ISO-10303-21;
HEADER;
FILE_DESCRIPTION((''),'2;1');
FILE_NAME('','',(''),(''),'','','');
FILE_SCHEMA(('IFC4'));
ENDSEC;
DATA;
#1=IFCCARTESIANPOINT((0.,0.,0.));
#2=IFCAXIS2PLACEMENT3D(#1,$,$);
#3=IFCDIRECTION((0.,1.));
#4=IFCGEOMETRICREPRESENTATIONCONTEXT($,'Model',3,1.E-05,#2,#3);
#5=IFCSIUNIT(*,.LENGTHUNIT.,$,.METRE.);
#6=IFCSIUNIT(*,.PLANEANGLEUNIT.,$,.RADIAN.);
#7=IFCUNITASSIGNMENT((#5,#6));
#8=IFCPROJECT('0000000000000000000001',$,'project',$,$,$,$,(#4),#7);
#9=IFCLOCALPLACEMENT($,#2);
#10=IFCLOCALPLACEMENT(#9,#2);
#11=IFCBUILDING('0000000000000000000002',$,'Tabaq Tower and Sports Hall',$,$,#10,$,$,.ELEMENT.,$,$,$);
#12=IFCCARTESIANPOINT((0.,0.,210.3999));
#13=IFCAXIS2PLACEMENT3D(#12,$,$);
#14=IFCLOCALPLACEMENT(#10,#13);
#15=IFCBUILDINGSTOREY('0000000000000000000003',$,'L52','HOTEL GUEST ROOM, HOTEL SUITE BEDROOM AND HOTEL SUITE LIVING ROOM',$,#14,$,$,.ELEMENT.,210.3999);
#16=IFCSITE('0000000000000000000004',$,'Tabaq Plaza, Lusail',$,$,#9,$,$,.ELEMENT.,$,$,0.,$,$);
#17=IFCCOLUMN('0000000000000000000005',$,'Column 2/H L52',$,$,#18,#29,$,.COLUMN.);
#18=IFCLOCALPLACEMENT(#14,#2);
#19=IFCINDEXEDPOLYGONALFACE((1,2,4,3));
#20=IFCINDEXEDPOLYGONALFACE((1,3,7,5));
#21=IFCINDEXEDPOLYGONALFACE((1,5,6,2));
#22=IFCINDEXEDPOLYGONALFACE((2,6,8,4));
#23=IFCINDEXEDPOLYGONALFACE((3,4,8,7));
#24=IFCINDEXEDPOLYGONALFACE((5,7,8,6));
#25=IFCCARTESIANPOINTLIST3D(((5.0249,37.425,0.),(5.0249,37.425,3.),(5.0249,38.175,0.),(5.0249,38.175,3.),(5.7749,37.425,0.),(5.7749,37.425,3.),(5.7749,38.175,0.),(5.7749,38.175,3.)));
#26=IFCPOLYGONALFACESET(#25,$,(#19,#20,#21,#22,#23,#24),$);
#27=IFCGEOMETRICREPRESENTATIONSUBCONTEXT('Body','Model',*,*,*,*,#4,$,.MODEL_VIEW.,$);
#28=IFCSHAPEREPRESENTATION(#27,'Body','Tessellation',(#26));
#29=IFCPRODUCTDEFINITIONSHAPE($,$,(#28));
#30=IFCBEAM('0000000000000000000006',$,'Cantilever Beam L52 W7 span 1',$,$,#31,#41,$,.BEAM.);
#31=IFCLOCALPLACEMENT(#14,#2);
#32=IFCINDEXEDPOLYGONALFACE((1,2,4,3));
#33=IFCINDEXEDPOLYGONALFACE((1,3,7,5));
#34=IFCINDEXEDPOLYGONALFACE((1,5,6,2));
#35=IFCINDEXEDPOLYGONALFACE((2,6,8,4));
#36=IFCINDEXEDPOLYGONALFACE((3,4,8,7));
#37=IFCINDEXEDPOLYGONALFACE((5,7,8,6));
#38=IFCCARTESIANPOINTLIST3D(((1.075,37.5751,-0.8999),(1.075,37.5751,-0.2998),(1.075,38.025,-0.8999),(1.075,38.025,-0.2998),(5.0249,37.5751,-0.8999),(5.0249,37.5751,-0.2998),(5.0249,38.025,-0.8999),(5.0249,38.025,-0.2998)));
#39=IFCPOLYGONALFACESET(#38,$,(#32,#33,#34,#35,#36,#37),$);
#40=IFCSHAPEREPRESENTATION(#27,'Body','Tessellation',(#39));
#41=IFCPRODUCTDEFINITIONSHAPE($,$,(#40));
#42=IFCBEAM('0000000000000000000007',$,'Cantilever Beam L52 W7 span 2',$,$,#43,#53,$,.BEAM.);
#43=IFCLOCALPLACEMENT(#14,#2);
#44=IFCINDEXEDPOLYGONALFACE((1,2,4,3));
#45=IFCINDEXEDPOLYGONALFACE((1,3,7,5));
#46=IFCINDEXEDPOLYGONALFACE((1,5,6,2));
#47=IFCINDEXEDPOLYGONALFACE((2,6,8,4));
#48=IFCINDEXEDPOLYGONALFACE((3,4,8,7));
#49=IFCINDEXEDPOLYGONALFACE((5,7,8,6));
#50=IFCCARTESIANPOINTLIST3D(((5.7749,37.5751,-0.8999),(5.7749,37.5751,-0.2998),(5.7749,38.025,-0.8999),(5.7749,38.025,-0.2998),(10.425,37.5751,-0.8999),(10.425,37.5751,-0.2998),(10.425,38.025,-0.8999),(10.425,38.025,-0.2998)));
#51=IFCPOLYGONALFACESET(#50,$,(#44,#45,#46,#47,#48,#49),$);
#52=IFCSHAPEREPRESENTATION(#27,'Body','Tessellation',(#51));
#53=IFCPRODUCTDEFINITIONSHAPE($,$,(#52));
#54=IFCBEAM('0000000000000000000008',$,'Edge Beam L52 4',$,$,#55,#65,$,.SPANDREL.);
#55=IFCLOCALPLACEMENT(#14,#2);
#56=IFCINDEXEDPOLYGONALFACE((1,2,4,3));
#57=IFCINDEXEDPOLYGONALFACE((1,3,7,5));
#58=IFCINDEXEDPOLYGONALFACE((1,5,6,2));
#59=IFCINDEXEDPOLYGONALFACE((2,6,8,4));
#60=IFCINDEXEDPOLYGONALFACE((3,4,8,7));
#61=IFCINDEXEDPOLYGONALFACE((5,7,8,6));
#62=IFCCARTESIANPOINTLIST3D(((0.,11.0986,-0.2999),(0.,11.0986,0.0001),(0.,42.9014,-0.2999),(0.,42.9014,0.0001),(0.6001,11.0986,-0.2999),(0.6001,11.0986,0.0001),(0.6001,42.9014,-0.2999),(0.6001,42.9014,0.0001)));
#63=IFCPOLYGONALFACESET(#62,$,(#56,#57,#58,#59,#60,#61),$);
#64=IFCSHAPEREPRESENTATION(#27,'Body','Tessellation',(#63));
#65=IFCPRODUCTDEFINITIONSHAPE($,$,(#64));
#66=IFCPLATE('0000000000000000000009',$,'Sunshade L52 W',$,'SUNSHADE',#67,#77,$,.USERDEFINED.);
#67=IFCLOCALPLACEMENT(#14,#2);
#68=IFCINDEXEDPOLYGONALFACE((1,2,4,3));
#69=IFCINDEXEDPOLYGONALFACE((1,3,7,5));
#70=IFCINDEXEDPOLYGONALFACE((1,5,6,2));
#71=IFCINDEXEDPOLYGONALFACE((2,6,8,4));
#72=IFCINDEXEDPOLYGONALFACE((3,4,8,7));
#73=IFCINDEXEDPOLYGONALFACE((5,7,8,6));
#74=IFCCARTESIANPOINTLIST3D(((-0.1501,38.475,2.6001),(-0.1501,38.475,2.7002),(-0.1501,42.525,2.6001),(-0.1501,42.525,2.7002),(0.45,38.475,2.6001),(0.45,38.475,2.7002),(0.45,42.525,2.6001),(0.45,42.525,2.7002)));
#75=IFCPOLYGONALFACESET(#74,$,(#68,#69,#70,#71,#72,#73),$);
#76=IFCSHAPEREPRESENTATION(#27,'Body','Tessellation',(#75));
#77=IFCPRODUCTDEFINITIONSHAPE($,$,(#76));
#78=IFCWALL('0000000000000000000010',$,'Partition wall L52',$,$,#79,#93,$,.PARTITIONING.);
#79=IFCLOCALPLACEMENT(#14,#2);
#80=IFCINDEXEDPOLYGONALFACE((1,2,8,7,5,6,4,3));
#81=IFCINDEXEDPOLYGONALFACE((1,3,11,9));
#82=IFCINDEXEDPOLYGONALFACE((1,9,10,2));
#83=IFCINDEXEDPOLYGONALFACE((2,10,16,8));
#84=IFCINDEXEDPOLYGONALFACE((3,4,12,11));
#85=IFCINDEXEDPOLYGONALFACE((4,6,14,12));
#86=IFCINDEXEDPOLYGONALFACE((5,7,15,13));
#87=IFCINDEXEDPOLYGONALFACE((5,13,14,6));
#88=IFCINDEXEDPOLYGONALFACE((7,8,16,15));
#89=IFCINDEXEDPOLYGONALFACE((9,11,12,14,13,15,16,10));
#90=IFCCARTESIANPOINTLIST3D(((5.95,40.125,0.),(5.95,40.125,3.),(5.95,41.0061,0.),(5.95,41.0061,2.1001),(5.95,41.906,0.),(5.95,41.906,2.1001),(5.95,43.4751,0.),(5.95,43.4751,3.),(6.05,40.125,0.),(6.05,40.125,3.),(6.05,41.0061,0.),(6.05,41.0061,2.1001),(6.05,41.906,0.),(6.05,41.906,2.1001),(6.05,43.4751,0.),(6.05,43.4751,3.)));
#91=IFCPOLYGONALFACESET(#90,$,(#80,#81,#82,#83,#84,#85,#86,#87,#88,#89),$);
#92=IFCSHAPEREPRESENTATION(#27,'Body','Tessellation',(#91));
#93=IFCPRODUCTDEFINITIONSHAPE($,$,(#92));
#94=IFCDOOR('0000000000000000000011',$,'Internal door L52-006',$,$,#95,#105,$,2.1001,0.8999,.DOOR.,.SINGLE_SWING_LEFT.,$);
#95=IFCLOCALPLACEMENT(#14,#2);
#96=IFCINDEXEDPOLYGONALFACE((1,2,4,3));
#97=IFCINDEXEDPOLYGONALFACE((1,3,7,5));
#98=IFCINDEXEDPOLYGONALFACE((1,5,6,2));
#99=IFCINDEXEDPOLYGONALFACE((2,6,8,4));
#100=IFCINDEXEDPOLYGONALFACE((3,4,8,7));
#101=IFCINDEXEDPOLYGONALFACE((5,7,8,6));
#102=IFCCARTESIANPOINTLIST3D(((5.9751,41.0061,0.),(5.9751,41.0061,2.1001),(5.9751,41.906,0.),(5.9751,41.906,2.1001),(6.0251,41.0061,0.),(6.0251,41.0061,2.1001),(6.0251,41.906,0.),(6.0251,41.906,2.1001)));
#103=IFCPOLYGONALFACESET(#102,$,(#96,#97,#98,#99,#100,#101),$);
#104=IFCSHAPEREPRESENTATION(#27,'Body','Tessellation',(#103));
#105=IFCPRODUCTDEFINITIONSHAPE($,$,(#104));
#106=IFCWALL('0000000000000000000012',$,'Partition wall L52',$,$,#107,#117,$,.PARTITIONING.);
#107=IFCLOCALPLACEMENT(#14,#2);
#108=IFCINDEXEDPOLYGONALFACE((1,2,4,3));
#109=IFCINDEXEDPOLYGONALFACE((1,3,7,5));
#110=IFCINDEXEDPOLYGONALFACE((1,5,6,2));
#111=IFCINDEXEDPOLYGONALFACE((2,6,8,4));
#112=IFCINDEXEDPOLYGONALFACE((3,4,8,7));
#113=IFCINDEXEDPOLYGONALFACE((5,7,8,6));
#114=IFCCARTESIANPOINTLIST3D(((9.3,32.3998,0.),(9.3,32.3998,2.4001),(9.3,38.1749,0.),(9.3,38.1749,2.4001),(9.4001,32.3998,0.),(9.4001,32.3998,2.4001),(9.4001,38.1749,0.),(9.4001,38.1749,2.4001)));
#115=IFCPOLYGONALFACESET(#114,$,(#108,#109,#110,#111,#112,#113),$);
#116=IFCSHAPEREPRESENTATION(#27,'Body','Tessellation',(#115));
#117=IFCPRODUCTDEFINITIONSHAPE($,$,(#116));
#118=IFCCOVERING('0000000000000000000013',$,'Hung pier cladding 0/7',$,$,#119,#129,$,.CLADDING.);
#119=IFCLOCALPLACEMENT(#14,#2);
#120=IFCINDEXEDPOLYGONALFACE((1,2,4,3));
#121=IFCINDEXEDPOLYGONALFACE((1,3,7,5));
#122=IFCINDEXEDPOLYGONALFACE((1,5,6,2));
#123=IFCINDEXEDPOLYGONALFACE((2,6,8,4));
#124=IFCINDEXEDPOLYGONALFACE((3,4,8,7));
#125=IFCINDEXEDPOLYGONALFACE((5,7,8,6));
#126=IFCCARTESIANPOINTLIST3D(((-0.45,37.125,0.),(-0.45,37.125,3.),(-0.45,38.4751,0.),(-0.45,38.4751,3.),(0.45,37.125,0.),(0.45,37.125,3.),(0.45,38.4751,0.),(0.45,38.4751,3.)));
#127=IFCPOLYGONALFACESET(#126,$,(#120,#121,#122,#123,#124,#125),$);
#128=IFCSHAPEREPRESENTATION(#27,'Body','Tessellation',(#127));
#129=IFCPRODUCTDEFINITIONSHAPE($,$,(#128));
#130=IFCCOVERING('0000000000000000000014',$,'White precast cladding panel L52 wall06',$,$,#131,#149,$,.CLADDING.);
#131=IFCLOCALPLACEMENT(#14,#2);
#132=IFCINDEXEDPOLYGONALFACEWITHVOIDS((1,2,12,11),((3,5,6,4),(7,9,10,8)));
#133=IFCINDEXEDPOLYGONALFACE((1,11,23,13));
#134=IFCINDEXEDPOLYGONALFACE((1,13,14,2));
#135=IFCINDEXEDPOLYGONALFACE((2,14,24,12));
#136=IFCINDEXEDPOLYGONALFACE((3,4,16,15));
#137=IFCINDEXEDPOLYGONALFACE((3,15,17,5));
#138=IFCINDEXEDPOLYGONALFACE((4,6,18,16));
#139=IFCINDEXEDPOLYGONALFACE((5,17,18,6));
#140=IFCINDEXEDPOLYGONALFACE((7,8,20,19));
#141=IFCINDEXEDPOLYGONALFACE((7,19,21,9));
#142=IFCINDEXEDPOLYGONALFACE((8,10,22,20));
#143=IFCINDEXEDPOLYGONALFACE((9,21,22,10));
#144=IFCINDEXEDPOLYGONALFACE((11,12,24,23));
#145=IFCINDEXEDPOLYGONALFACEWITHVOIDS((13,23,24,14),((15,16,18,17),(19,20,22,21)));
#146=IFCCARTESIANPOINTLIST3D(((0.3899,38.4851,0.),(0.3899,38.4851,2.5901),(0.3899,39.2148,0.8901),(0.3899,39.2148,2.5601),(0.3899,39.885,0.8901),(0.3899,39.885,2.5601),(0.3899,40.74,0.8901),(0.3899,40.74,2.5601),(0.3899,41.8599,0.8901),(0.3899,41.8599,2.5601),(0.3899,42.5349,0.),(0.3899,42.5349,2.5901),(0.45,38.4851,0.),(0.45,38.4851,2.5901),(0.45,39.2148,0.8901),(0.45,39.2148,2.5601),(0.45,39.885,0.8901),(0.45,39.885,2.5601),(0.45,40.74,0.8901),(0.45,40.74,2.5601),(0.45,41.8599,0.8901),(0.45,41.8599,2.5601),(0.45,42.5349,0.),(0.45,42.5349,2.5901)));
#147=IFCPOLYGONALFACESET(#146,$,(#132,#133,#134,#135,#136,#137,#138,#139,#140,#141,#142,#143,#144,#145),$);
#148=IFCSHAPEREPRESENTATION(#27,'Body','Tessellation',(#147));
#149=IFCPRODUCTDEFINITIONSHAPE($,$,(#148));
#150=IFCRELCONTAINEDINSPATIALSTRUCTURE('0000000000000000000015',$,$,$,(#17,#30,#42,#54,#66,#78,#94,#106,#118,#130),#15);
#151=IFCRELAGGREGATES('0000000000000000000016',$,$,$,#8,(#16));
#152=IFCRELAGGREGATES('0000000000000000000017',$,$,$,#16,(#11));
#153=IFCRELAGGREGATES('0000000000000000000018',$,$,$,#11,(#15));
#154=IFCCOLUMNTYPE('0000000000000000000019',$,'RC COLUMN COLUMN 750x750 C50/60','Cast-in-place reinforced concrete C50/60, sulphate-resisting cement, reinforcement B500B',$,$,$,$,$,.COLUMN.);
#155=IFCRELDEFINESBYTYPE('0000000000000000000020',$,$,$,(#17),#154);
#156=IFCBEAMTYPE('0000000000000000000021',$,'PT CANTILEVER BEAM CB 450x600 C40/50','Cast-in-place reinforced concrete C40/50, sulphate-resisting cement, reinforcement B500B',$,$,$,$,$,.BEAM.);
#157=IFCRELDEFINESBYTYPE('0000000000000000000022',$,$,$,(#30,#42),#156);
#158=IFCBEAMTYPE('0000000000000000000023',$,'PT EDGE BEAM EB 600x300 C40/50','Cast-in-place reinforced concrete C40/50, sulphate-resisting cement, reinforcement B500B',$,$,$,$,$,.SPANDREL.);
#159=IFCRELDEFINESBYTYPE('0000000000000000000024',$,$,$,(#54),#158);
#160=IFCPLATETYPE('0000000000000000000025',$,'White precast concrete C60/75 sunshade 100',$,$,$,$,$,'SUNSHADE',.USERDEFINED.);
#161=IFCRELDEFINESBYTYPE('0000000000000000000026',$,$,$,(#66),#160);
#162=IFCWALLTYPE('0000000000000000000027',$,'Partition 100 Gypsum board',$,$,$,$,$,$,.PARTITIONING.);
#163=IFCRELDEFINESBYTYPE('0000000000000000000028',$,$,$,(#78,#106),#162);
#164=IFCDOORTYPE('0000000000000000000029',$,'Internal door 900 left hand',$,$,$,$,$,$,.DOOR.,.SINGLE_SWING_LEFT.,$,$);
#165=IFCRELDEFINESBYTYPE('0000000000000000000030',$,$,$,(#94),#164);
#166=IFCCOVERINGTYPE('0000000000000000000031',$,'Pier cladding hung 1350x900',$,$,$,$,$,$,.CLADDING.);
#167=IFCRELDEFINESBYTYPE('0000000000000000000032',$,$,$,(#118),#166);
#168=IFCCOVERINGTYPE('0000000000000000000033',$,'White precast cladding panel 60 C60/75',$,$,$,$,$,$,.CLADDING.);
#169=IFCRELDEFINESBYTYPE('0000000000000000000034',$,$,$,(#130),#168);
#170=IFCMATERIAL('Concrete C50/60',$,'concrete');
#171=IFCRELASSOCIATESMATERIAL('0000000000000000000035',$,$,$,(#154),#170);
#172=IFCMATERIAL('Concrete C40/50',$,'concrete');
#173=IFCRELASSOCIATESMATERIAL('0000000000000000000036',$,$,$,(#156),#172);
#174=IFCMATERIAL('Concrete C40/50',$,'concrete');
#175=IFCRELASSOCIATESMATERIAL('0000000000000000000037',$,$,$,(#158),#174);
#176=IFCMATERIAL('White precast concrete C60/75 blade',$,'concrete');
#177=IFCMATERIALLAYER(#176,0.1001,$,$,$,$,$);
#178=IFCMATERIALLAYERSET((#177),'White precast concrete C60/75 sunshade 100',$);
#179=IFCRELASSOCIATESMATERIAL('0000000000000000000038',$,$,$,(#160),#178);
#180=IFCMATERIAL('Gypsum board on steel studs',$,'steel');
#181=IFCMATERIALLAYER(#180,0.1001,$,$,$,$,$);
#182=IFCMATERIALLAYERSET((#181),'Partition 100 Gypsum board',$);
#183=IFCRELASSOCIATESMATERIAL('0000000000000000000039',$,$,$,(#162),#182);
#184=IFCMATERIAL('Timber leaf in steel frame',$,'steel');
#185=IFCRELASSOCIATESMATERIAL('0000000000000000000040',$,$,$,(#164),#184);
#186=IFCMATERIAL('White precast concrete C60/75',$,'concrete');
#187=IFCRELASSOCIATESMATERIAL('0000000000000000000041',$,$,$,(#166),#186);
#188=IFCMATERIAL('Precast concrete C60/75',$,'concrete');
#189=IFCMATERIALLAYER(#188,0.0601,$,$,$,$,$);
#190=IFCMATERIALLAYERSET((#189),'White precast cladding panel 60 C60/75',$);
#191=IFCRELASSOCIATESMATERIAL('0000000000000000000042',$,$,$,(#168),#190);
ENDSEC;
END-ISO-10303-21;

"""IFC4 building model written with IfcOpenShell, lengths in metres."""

from ifc_helpers import new_model, si_unit, direction, frame, frame_2d, origin, origin_2d, place, context, subcontext, project, spatial, polyline, rectangle, outline, extrude, material, layer, layer_set, material_profile, profile_set, type_object, element, fill, save


model = new_model("IFC4")

# Units and contexts
model_context = context("Model", 3, precision=1e-05, world=origin(), true_north=direction((0.0, 1.0)))
body_context = subcontext(model_context, "Body", "Model", "MODEL_VIEW")
ifc_project = project(units=[si_unit("LENGTHUNIT", "METRE"), si_unit("PLANEANGLEUNIT", "RADIAN")], contexts=[model_context])

# Site, building, storey
site_placement = place(None, origin())
site = spatial("IfcSite", under=ifc_project, at=site_placement, Name="Tabaq Plaza, Lusail", CompositionType="ELEMENT", RefElevation=0.0)
building_placement = place(site_placement, origin())
building = spatial("IfcBuilding", under=site, at=building_placement, Name="Tabaq Tower and Sports Hall", CompositionType="ELEMENT")
storey_placement = place(building_placement, frame((0.0, 0.0, 210.3999)))
storey = spatial("IfcBuildingStorey", under=building, at=storey_placement, Name="L52", Description="HOTEL GUEST ROOM, HOTEL SUITE BEDROOM AND HOTEL SUITE LIVING ROOM", CompositionType="ELEMENT", Elevation=210.3999)

# Column
ifc_material_1 = material(Name="Concrete C50/60", Category="concrete")
ifc_material_profile_1 = material_profile(ifc_material_1, rectangle(XDim=0.75, YDim=0.75, at=origin_2d()), Name="COLUMN 750x750")
ifc_profile_set_1 = profile_set([ifc_material_profile_1], Name="Concrete C50/60")
column_type = type_object("IfcColumnType", Name="RC COLUMN COLUMN 750x750 C50/60", Description="Cast-in-place reinforced concrete C50/60, sulphate-resisting cement, reinforcement B500B", PredefinedType="COLUMN", material=ifc_profile_set_1)
column_placement = place(storey_placement, frame((5.3999, 37.8, 0.0), z_axis=(0.0, 0.0, 1.0), x_axis=(1.0, 0.0, 0.0)))
element("IfcColumn", 1, at=column_placement, inside=storey, type_object=column_type, Name="Column 2/H L52", PredefinedType="COLUMN", context=body_context, shape_type="SweptSolid", body=[
    extrude(rectangle(XDim=0.75, YDim=0.75, at=origin_2d()), origin(), (0.0, 0.0, 1.0), 3.0),
])

# Beams
ifc_material_2 = material(Name="Concrete C40/50", Category="concrete")
ifc_material_profile_2 = material_profile(ifc_material_2, rectangle(XDim=0.45, YDim=0.6001, at=origin_2d()), Name="CB 450x600")
ifc_profile_set_2 = profile_set([ifc_material_profile_2], Name="Concrete C40/50")
beam_type_1 = type_object("IfcBeamType", Name="PT CANTILEVER BEAM CB 450x600 C40/50", Description="Cast-in-place reinforced concrete C40/50, sulphate-resisting cement, reinforcement B500B", PredefinedType="BEAM", material=ifc_profile_set_2)
beam_1_placement = place(storey_placement, frame((1.075, 37.8, -0.5999), z_axis=(1.0, 0.0, 0.0), x_axis=(0.0, 1.0, 0.0)))
element("IfcBeam", 2, at=beam_1_placement, inside=storey, type_object=beam_type_1, Name="Cantilever Beam L52 W7 span 1", PredefinedType="BEAM", context=body_context, shape_type="SweptSolid", body=[
    extrude(rectangle(XDim=0.45, YDim=0.6001, at=origin_2d()), origin(), (0.0, 0.0, 1.0), 3.95),
])
beam_2_placement = place(storey_placement, frame((5.7749, 37.8, -0.5999), z_axis=(1.0, 0.0, 0.0), x_axis=(0.0, 1.0, 0.0)))
element("IfcBeam", 3, at=beam_2_placement, inside=storey, type_object=beam_type_1, Name="Cantilever Beam L52 W7 span 2", PredefinedType="BEAM", context=body_context, shape_type="SweptSolid", body=[
    extrude(rectangle(XDim=0.45, YDim=0.6001, at=origin_2d()), origin(), (0.0, 0.0, 1.0), 4.6501),
])
ifc_material_3 = material(Name="Concrete C40/50", Category="concrete")
ifc_material_profile_3 = material_profile(ifc_material_3, rectangle(XDim=0.6001, YDim=0.3, at=origin_2d()), Name="EB 600x300")
ifc_profile_set_3 = profile_set([ifc_material_profile_3], Name="Concrete C40/50")
beam_type_2 = type_object("IfcBeamType", Name="PT EDGE BEAM EB 600x300 C40/50", Description="Cast-in-place reinforced concrete C40/50, sulphate-resisting cement, reinforcement B500B", PredefinedType="SPANDREL", material=ifc_profile_set_3)
beam_3_placement = place(storey_placement, frame((0.3, 42.9014, -0.1499), z_axis=(0.0, -1.0, 0.0), x_axis=(1.0, 0.0, 0.0)))
element("IfcBeam", 4, at=beam_3_placement, inside=storey, type_object=beam_type_2, Name="Edge Beam L52 4", PredefinedType="SPANDREL", context=body_context, shape_type="SweptSolid", body=[
    extrude(rectangle(XDim=0.6001, YDim=0.3, at=origin_2d()), origin(), (0.0, 0.0, 1.0), 31.8027),
])

# Plate
ifc_material_4 = material(Name="White precast concrete C60/75 blade", Category="concrete")
ifc_layer_1 = layer(ifc_material_4, 0.1001)
ifc_layer_set_1 = layer_set([ifc_layer_1], Name="White precast concrete C60/75 sunshade 100")
plate_type = type_object("IfcPlateType", Name="White precast concrete C60/75 sunshade 100", ElementType="SUNSHADE", PredefinedType="USERDEFINED", material=ifc_layer_set_1)
plate_placement = place(storey_placement, frame((0.1499, 40.5, 2.6001), z_axis=(0.0, 0.0, 1.0), x_axis=(0.0, -1.0, 0.0)))
element("IfcPlate", 5, at=plate_placement, inside=storey, type_object=plate_type, Name="Sunshade L52 W", ObjectType="SUNSHADE", PredefinedType="USERDEFINED", context=body_context, shape_type="SweptSolid", body=[
    extrude(rectangle(XDim=4.05, YDim=0.6001, at=origin_2d()), origin(), (0.0, 0.0, 1.0), 0.1001),
])

# Wall, opening, door
ifc_material_5 = material(Name="Gypsum board on steel studs", Category="steel")
ifc_layer_2 = layer(ifc_material_5, 0.1001)
ifc_layer_set_2 = layer_set([ifc_layer_2], Name="Partition 100 Gypsum board")
wall_type_1 = type_object("IfcWallType", Name="Partition 100 Gypsum board", PredefinedType="PARTITIONING", material=ifc_layer_set_2)
wall_1_placement = place(storey_placement, frame((6.0, 40.125, 0.0), z_axis=(0.0, 0.0, 1.0), x_axis=(0.0, 1.0, 0.0)))
wall_1 = element("IfcWall", 6, at=wall_1_placement, inside=storey, type_object=wall_type_1, Name="Partition wall L52", PredefinedType="PARTITIONING", context=body_context, shape_type="SweptSolid", body=[
    extrude(rectangle(XDim=3.3501, YDim=0.1001, at=frame_2d((1.675, 0.0))), origin(), (0.0, 0.0, 1.0), 3.0),
])
opening_1_placement = place(wall_1_placement, frame((0.8811, 0.0, 0.0)))
opening_1 = element("IfcOpeningElement", 7, at=opening_1_placement, cuts=wall_1, PredefinedType="OPENING", context=body_context, shape_type="SweptSolid", body=[
    extrude(rectangle(XDim=0.8999, YDim=2.1001, at=frame_2d((0.45, 1.05))), frame((0.0, 0.05, 0.0), z_axis=(0.0, -1.0, 0.0), x_axis=(1.0, 0.0, 0.0)), (0.0, 0.0, 1.0), 0.1001),
])
ifc_material_6 = material(Name="Timber leaf in steel frame", Category="steel")
door_type = type_object("IfcDoorType", Name="Internal door 900 left hand", OperationType="SINGLE_SWING_LEFT", PredefinedType="DOOR", material=ifc_material_6)
door_placement = place(opening_1_placement, origin())
door = element("IfcDoor", 8, at=door_placement, inside=storey, type_object=door_type, Name="Internal door L52-006", OperationType="SINGLE_SWING_LEFT", OverallHeight=2.1001, OverallWidth=0.8999, PredefinedType="DOOR", context=body_context, shape_type="SweptSolid", body=[
    extrude(rectangle(XDim=0.8999, YDim=2.1001, at=frame_2d((0.45, 1.05))), frame((0.0, 0.0249, 0.0), z_axis=(0.0, -1.0, 0.0), x_axis=(1.0, 0.0, 0.0)), (0.0, 0.0, 1.0), 0.05),
])
fill(opening_1, door)

# Wall
wall_2_placement = place(storey_placement, frame((9.3501, 38.175, 0.0), z_axis=(0.0, 0.0, 1.0), x_axis=(0.0, -1.0, 0.0)))
element("IfcWall", 9, at=wall_2_placement, inside=storey, type_object=wall_type_1, Name="Partition wall L52", PredefinedType="PARTITIONING", context=body_context, shape_type="SweptSolid", body=[
    extrude(rectangle(XDim=5.7751, YDim=0.1001, at=frame_2d((2.8877, 0.0))), origin(), (0.0, 0.0, 1.0), 2.4001),
])

# Coverings
ifc_material_7 = material(Name="White precast concrete C60/75", Category="concrete")
covering_type_1 = type_object("IfcCoveringType", Name="Pier cladding hung 1350x900", PredefinedType="CLADDING", material=ifc_material_7)
covering_1_placement = place(storey_placement, frame((0.0, 38.4751, 0.0), z_axis=(0.0, 0.0, 1.0), x_axis=(0.0, -1.0, 0.0)))
element("IfcCovering", 10, at=covering_1_placement, inside=storey, type_object=covering_type_1, Name="Hung pier cladding 0/7", PredefinedType="CLADDING", context=body_context, shape_type="SweptSolid", body=[
    extrude(rectangle(XDim=1.3501, YDim=0.8999, at=frame_2d((0.675, 0.0))), origin(), (0.0, 0.0, 1.0), 3.0),
])
ifc_material_8 = material(Name="Precast concrete C60/75", Category="concrete")
ifc_layer_3 = layer(ifc_material_8, 0.0601)
ifc_layer_set_3 = layer_set([ifc_layer_3], Name="White precast cladding panel 60 C60/75")
covering_type_2 = type_object("IfcCoveringType", Name="White precast cladding panel 60 C60/75", PredefinedType="CLADDING", material=ifc_layer_set_3)
covering_2_placement = place(storey_placement, frame((0.4199, 42.5349, 0.0), z_axis=(0.0, 0.0, 1.0), x_axis=(0.0, -1.0, 0.0)))
element("IfcCovering", 11, at=covering_2_placement, inside=storey, type_object=covering_type_2, Name="White precast cladding panel L52 wall06", PredefinedType="CLADDING", context=body_context, shape_type="SweptSolid", body=[
    extrude(outline(polyline([(0.0, 0.0), (4.0498, 0.0), (4.0498, 2.5901), (0.0, 2.5901), (0.0, 0.0)]), holes=[polyline([(0.675, 0.8901), (0.675, 2.5601), (1.7949, 2.5601), (1.7949, 0.8901), (0.675, 0.8901)]), polyline([(2.6499, 0.8901), (2.6499, 2.5601), (3.3201, 2.5601), (3.3201, 0.8901), (2.6499, 0.8901)])]), frame((0.0, 0.03, 0.0), z_axis=(0.0, -1.0, 0.0), x_axis=(1.0, 0.0, 0.0)), (0.0, 0.0, 1.0), 0.0601),
])

save(model, "model.ifc")
